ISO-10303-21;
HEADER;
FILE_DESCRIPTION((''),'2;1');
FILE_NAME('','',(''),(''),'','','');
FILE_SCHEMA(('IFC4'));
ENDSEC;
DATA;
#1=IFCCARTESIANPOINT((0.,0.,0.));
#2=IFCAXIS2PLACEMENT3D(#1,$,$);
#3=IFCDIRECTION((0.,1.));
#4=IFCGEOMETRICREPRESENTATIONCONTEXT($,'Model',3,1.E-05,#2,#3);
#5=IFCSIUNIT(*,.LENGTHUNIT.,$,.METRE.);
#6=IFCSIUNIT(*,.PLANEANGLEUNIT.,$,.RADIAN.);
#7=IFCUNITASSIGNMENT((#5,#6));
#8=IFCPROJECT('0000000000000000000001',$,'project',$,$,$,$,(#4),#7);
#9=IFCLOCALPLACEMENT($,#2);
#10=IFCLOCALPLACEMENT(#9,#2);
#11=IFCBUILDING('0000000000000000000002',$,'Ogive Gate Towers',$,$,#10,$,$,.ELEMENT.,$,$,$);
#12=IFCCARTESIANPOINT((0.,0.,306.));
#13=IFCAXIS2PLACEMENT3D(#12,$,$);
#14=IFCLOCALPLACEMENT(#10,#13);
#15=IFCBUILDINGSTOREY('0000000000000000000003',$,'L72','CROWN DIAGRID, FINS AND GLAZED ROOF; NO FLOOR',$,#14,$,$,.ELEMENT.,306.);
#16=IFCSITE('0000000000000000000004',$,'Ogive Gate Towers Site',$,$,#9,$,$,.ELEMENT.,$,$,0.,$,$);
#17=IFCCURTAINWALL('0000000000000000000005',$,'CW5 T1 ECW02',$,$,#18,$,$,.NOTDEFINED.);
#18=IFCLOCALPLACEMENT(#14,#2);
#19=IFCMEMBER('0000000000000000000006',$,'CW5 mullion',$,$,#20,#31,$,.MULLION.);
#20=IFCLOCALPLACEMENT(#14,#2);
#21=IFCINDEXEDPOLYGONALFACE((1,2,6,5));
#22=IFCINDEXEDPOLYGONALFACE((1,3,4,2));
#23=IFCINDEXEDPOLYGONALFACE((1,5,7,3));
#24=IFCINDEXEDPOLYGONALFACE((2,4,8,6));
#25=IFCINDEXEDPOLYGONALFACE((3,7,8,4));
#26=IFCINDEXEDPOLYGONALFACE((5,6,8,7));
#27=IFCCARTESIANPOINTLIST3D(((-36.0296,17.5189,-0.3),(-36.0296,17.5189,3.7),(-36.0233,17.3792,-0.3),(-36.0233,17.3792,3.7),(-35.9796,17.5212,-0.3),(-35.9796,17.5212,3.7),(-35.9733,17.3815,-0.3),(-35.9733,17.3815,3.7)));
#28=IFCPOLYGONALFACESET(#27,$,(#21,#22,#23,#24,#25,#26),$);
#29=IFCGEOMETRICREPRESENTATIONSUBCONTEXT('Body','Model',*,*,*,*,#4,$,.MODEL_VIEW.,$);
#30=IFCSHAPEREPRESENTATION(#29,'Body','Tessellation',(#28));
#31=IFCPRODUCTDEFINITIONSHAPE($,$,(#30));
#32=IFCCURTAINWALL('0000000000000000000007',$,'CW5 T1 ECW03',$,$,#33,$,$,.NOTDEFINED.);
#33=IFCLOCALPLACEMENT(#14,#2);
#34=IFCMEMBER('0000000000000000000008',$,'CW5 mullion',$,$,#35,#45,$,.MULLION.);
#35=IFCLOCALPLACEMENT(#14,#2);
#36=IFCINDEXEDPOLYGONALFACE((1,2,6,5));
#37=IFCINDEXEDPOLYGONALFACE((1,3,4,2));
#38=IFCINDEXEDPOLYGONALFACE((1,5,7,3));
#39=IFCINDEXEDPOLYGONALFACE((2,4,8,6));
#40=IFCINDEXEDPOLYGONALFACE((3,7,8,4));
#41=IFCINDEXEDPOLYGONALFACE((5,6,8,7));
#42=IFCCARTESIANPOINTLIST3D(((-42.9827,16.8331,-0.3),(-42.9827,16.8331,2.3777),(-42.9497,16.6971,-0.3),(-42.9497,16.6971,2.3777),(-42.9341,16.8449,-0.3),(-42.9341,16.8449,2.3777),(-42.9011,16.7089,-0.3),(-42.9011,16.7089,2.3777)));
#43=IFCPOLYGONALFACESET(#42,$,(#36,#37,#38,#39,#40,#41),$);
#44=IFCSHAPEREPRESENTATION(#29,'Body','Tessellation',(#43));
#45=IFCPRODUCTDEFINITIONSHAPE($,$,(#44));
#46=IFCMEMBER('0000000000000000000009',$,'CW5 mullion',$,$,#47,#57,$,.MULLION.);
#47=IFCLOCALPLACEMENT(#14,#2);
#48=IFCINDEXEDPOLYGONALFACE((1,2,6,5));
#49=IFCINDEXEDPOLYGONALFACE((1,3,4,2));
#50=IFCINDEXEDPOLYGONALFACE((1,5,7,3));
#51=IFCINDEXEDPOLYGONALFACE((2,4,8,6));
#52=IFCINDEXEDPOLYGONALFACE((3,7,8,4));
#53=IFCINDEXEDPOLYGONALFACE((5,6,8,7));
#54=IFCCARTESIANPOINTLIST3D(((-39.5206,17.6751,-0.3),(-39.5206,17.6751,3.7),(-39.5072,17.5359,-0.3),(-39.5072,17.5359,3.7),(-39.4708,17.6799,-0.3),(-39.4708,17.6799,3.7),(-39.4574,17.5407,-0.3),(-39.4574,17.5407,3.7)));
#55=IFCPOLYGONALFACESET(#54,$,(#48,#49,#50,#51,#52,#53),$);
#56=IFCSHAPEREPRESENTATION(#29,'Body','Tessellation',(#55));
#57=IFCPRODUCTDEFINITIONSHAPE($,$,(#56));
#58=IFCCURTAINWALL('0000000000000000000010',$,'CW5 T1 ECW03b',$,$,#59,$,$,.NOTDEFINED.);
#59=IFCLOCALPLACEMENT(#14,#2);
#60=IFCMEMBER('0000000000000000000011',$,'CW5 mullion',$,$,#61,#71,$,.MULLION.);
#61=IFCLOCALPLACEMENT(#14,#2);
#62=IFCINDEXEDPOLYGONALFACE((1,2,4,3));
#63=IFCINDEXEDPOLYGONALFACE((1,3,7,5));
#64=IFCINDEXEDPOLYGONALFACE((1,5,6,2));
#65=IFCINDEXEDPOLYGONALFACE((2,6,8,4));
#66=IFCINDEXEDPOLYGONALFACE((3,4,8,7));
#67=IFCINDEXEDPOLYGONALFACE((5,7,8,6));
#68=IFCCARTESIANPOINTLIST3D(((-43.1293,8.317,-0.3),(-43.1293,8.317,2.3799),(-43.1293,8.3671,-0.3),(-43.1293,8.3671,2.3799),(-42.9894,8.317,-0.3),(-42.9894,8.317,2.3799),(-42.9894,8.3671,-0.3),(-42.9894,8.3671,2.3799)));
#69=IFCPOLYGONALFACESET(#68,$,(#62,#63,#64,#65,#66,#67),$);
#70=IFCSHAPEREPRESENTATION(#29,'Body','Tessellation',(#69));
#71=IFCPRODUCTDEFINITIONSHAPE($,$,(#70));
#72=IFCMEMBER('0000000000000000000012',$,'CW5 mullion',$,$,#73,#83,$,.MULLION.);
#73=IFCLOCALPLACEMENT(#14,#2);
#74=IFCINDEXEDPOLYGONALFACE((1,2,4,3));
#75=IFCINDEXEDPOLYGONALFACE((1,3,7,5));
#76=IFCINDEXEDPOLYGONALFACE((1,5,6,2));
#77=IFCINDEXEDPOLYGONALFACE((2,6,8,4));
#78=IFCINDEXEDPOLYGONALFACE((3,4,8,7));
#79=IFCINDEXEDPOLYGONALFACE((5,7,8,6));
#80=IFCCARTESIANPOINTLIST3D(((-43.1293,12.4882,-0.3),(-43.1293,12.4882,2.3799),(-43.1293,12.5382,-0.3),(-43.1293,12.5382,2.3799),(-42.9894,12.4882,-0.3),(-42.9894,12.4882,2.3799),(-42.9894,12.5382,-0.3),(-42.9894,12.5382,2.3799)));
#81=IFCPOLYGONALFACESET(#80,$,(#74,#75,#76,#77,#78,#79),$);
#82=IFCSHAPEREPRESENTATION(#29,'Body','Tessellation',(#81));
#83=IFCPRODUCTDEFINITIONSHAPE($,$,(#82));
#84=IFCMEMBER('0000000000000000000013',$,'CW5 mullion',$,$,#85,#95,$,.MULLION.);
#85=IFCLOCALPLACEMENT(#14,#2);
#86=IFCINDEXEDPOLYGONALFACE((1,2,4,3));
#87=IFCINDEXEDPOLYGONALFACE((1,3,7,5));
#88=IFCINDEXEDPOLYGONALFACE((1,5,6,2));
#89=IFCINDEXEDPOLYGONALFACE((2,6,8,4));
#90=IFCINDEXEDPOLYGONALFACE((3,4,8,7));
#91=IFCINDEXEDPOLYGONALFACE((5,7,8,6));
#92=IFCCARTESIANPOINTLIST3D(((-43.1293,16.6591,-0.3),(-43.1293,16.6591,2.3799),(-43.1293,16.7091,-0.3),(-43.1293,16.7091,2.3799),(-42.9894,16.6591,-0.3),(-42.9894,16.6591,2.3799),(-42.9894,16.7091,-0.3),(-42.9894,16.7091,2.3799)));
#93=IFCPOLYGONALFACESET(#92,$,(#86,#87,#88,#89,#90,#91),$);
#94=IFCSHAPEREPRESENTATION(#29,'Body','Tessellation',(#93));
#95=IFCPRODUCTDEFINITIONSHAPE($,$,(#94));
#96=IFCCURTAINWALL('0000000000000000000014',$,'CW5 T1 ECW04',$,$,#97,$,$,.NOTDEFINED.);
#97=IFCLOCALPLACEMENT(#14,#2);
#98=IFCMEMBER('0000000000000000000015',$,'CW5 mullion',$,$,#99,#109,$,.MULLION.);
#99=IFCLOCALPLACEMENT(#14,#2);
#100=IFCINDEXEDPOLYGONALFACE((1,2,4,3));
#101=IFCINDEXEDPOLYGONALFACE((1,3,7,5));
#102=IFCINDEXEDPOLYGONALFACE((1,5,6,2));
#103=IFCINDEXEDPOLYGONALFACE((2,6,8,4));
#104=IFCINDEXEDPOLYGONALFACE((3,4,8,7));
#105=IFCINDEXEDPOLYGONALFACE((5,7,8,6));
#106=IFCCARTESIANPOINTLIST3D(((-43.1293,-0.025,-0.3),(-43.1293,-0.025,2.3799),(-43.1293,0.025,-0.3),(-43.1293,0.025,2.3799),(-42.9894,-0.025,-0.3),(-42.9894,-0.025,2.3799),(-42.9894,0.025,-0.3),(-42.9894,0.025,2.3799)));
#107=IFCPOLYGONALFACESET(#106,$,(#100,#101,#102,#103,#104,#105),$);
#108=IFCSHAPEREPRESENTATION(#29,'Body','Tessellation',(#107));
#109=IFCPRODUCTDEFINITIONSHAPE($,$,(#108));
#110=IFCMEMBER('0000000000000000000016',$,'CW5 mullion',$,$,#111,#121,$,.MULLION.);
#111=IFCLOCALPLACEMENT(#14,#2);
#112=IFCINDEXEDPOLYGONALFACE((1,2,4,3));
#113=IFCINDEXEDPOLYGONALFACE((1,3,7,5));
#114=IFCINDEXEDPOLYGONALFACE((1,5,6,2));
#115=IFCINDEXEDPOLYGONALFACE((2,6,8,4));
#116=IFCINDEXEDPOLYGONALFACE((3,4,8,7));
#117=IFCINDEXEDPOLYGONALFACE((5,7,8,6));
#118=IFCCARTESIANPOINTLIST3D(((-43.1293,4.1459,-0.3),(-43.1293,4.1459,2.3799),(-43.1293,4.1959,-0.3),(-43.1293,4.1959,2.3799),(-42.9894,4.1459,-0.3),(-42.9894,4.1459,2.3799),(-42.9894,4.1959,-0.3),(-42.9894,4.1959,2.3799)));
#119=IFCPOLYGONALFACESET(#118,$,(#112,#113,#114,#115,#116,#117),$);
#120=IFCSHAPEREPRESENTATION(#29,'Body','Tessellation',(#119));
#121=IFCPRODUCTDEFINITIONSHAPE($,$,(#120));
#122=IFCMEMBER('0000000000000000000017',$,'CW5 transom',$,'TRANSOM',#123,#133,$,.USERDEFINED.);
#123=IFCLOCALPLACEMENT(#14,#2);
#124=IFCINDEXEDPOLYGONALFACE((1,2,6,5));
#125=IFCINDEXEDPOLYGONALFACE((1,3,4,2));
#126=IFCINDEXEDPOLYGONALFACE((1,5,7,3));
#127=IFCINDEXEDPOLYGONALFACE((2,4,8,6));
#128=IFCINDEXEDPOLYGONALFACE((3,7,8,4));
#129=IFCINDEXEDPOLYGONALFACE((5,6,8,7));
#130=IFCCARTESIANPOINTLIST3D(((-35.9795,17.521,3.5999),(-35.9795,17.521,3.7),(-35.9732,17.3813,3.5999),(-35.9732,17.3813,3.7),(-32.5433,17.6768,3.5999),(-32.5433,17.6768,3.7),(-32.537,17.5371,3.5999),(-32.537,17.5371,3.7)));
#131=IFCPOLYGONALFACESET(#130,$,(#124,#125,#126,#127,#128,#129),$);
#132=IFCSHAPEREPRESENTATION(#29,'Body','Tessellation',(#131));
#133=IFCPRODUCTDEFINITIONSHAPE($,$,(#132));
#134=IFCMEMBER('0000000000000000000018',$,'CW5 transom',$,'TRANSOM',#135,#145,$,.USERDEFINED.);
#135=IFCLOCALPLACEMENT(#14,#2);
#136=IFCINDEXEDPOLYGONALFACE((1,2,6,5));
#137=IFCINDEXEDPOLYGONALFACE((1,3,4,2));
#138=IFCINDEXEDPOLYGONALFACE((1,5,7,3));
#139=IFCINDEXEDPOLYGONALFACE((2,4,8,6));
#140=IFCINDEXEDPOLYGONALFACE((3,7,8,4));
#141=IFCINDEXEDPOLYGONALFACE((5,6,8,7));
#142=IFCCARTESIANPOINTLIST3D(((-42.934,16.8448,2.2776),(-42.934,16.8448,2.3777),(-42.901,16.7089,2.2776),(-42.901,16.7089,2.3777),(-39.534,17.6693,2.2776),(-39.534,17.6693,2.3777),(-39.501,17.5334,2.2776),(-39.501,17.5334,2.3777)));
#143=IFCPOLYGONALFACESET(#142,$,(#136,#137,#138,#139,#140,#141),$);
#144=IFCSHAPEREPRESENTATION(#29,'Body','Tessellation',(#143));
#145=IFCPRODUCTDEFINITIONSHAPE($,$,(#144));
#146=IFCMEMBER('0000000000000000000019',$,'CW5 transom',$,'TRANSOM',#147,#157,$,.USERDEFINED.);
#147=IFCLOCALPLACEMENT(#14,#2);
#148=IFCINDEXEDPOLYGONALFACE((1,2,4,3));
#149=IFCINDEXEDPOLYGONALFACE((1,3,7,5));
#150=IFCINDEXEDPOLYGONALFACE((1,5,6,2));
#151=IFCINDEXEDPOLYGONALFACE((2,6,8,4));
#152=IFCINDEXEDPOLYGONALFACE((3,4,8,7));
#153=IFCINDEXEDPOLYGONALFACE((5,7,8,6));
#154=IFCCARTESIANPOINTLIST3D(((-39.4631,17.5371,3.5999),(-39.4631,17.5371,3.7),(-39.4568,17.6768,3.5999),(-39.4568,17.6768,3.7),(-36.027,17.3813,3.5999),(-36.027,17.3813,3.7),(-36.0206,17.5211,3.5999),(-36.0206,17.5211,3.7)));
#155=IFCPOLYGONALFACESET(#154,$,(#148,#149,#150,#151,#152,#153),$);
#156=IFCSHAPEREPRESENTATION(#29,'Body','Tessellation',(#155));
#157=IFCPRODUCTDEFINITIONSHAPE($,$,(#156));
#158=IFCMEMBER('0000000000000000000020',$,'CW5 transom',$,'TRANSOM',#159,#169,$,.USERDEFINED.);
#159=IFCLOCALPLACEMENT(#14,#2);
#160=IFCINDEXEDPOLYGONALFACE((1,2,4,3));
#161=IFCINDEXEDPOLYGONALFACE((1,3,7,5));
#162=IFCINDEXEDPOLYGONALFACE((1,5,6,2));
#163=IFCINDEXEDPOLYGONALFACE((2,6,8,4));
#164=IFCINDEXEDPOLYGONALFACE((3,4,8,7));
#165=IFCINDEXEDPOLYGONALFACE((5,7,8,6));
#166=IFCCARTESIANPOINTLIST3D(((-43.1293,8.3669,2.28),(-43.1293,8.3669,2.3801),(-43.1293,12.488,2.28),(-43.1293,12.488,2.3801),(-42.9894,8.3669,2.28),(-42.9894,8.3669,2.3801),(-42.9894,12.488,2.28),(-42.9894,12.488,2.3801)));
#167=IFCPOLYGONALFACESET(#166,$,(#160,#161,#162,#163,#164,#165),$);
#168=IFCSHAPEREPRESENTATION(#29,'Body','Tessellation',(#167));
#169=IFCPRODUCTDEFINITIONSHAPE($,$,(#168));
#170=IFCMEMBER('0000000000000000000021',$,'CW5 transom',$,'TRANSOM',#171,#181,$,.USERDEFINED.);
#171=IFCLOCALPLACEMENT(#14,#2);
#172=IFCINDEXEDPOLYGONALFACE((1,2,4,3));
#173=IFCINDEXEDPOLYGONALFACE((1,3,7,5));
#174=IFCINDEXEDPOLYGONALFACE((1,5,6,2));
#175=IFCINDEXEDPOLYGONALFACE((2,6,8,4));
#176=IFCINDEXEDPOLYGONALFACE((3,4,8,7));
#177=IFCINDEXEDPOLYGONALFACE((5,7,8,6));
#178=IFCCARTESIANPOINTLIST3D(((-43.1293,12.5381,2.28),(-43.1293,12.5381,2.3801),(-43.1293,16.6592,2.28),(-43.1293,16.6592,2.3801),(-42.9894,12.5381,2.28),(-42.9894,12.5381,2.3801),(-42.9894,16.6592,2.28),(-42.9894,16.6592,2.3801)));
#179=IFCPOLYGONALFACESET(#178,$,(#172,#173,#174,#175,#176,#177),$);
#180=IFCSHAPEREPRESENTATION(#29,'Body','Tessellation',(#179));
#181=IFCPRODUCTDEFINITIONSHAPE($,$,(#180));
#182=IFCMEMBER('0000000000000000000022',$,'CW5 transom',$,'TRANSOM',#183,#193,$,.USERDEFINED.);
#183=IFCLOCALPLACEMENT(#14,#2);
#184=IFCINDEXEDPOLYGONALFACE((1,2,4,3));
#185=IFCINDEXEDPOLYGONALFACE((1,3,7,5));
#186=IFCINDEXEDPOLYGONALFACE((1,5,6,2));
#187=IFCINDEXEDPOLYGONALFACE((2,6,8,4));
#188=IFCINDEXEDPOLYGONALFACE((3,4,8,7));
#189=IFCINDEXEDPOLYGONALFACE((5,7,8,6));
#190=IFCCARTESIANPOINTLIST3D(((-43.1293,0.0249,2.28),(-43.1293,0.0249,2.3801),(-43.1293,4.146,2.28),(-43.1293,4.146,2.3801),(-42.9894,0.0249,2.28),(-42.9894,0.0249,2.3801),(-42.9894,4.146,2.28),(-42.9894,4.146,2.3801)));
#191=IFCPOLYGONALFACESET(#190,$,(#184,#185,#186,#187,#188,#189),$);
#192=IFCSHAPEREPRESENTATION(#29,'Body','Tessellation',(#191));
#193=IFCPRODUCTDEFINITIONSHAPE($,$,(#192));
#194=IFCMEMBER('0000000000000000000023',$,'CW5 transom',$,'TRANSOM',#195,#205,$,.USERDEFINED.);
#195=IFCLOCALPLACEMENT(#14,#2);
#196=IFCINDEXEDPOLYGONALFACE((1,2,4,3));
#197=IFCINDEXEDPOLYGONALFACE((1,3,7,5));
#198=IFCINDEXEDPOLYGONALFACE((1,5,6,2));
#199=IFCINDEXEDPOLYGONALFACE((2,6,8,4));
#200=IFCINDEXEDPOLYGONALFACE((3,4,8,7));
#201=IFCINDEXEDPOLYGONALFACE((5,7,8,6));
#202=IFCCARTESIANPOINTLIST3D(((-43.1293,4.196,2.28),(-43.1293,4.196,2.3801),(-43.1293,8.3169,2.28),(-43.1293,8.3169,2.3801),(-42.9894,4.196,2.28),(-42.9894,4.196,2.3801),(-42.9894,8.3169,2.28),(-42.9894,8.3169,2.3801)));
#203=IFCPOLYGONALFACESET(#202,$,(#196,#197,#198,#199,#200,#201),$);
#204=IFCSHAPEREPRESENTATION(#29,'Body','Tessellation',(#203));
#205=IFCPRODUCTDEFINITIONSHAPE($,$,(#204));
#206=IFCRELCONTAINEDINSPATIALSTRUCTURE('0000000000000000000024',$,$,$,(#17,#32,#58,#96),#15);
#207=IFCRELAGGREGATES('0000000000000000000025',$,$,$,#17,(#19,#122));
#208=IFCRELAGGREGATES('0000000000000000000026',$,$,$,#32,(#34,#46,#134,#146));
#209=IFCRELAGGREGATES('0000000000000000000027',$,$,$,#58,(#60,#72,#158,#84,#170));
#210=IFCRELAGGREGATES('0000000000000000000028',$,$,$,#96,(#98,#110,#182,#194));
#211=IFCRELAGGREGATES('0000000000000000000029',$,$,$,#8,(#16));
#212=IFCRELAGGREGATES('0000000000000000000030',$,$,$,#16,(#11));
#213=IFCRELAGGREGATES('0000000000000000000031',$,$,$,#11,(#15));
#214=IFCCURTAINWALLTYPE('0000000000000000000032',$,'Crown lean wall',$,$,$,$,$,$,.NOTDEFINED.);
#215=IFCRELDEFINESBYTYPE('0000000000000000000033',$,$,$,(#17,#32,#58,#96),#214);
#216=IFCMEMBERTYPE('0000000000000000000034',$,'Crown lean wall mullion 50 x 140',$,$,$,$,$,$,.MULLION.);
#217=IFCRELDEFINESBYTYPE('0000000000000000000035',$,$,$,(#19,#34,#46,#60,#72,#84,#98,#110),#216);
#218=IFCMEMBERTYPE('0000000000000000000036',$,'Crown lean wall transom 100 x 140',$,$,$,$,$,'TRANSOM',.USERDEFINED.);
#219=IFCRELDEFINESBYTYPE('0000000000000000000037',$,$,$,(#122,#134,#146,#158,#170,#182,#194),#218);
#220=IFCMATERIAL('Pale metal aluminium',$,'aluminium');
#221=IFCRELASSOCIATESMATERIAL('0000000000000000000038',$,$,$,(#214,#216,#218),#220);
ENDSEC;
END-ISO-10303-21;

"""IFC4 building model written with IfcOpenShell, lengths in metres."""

from ifc_helpers import new_model, si_unit, direction, frame, origin, origin_2d, place, context, subcontext, project, spatial, rectangle, extrude, material, material_profile, profile_set, type_object, element, aggregate, save


model = new_model("IFC4")

# Units and contexts
model_context = context("Model", 3, precision=1e-05, world=origin(), true_north=direction((0.0, 1.0)))
body_context = subcontext(model_context, "Body", "Model", "MODEL_VIEW")
ifc_project = project(units=[si_unit("LENGTHUNIT", "METRE"), si_unit("PLANEANGLEUNIT", "RADIAN")], contexts=[model_context])

# Site, building, storey
site_placement = place(None, origin())
site = spatial("IfcSite", under=ifc_project, at=site_placement, Name="Ogive Gate Towers Site", CompositionType="ELEMENT", RefElevation=0.0)
building_placement = place(site_placement, origin())
building = spatial("IfcBuilding", under=site, at=building_placement, Name="Ogive Gate Towers", CompositionType="ELEMENT")
storey_placement = place(building_placement, frame((0.0, 0.0, 306.0)))
storey = spatial("IfcBuildingStorey", under=building, at=storey_placement, Name="L72", Description="CROWN DIAGRID, FINS AND GLAZED ROOF; NO FLOOR", CompositionType="ELEMENT", Elevation=306.0)

# Curtain wall, member
ifc_material_1 = material(Name="Pale metal aluminium", Category="aluminium")
curtain_wall_type = type_object("IfcCurtainWallType", Name="Crown lean wall", PredefinedType="NOTDEFINED", material=ifc_material_1)
curtain_wall_1_placement = place(storey_placement, origin())
curtain_wall_1 = element("IfcCurtainWall", 1, at=curtain_wall_1_placement, inside=storey, type_object=curtain_wall_type, Name="CW5 T1 ECW02", PredefinedType="NOTDEFINED")
ifc_material_profile_1 = material_profile(ifc_material_1, rectangle(XDim=0.1399, YDim=0.05, at=origin_2d()), Name="50 x 140 aluminium box")
ifc_profile_set_1 = profile_set([ifc_material_profile_1], Name="Pale metal aluminium")
member_type_1 = type_object("IfcMemberType", Name="Crown lean wall mullion 50 x 140", PredefinedType="MULLION", material=ifc_profile_set_1)
member_1_placement = place(storey_placement, frame((-36.0015, 17.4502, -0.3), z_axis=(0.0, 0.0, 1.0), x_axis=(0.045276, -0.998975, 0.0)))
member_1 = element("IfcMember", 2, at=member_1_placement, type_object=member_type_1, Name="CW5 mullion", PredefinedType="MULLION", context=body_context, shape_type="SweptSolid", body=[
    extrude(rectangle(XDim=0.1399, YDim=0.05, at=origin_2d()), origin(), (0.0, 0.0, 1.0), 4.0),
])

# Curtain walls, members
curtain_wall_2_placement = place(storey_placement, origin())
curtain_wall_2 = element("IfcCurtainWall", 3, at=curtain_wall_2_placement, inside=storey, type_object=curtain_wall_type, Name="CW5 T1 ECW03", PredefinedType="NOTDEFINED")
member_2_placement = place(storey_placement, frame((-42.9419, 16.771, -0.3), z_axis=(0.0, 0.0, 1.0), x_axis=(0.235685, -0.97183, 0.0)))
member_2 = element("IfcMember", 4, at=member_2_placement, type_object=member_type_1, Name="CW5 mullion", PredefinedType="MULLION", context=body_context, shape_type="SweptSolid", body=[
    extrude(rectangle(XDim=0.1399, YDim=0.05, at=origin_2d()), origin(), (0.0, 0.0, 1.0), 2.6777),
])
member_3_placement = place(storey_placement, frame((-39.489, 17.6079, -0.3), z_axis=(0.0, 0.0, 1.0), x_axis=(0.096158, -0.995366, 0.0)))
member_3 = element("IfcMember", 5, at=member_3_placement, type_object=member_type_1, Name="CW5 mullion", PredefinedType="MULLION", context=body_context, shape_type="SweptSolid", body=[
    extrude(rectangle(XDim=0.1399, YDim=0.05, at=origin_2d()), origin(), (0.0, 0.0, 1.0), 4.0),
])
curtain_wall_3_placement = place(storey_placement, origin())
curtain_wall_3 = element("IfcCurtainWall", 6, at=curtain_wall_3_placement, inside=storey, type_object=curtain_wall_type, Name="CW5 T1 ECW03b", PredefinedType="NOTDEFINED")
member_4_placement = place(storey_placement, frame((-43.0593, 8.342, -0.3), z_axis=(0.0, 0.0, 1.0), x_axis=(1.0, 0.0, 0.0)))
member_4 = element("IfcMember", 7, at=member_4_placement, type_object=member_type_1, Name="CW5 mullion", PredefinedType="MULLION", context=body_context, shape_type="SweptSolid", body=[
    extrude(rectangle(XDim=0.1399, YDim=0.05, at=origin_2d()), origin(), (0.0, 0.0, 1.0), 2.6799),
])
member_5_placement = place(storey_placement, frame((-43.0593, 12.5132, -0.3), z_axis=(0.0, 0.0, 1.0), x_axis=(1.0, 0.0, 0.0)))
member_5 = element("IfcMember", 8, at=member_5_placement, type_object=member_type_1, Name="CW5 mullion", PredefinedType="MULLION", context=body_context, shape_type="SweptSolid", body=[
    extrude(rectangle(XDim=0.1399, YDim=0.05, at=origin_2d()), origin(), (0.0, 0.0, 1.0), 2.6799),
])
member_6_placement = place(storey_placement, frame((-43.0593, 16.6841, -0.3), z_axis=(0.0, 0.0, 1.0), x_axis=(1.0, 0.0, 0.0)))
member_6 = element("IfcMember", 9, at=member_6_placement, type_object=member_type_1, Name="CW5 mullion", PredefinedType="MULLION", context=body_context, shape_type="SweptSolid", body=[
    extrude(rectangle(XDim=0.1399, YDim=0.05, at=origin_2d()), origin(), (0.0, 0.0, 1.0), 2.6799),
])
curtain_wall_4_placement = place(storey_placement, origin())
curtain_wall_4 = element("IfcCurtainWall", 10, at=curtain_wall_4_placement, inside=storey, type_object=curtain_wall_type, Name="CW5 T1 ECW04", PredefinedType="NOTDEFINED")
member_7_placement = place(storey_placement, frame((-43.0593, 0.0, -0.3), z_axis=(0.0, 0.0, 1.0), x_axis=(1.0, 0.0, 0.0)))
member_7 = element("IfcMember", 11, at=member_7_placement, type_object=member_type_1, Name="CW5 mullion", PredefinedType="MULLION", context=body_context, shape_type="SweptSolid", body=[
    extrude(rectangle(XDim=0.1399, YDim=0.05, at=origin_2d()), origin(), (0.0, 0.0, 1.0), 2.6799),
])
member_8_placement = place(storey_placement, frame((-43.0593, 4.1709, -0.3), z_axis=(0.0, 0.0, 1.0), x_axis=(1.0, 0.0, 0.0)))
member_8 = element("IfcMember", 12, at=member_8_placement, type_object=member_type_1, Name="CW5 mullion", PredefinedType="MULLION", context=body_context, shape_type="SweptSolid", body=[
    extrude(rectangle(XDim=0.1399, YDim=0.05, at=origin_2d()), origin(), (0.0, 0.0, 1.0), 2.6799),
])

# Members
ifc_material_profile_2 = material_profile(ifc_material_1, rectangle(XDim=0.1399, YDim=0.1001, at=origin_2d()), Name="100 x 140 aluminium box")
ifc_profile_set_2 = profile_set([ifc_material_profile_2], Name="Pale metal aluminium")
member_type_2 = type_object("IfcMemberType", Name="Crown lean wall transom 100 x 140", ElementType="TRANSOM", PredefinedType="USERDEFINED", material=ifc_profile_set_2)
member_9_placement = place(storey_placement, frame((-35.9763, 17.4512, 3.6499), z_axis=(0.998974, 0.045282, 0.0), x_axis=(-0.045282, 0.998974, 0.0)))
member_9 = element("IfcMember", 13, at=member_9_placement, type_object=member_type_2, Name="CW5 transom", ObjectType="TRANSOM", PredefinedType="USERDEFINED", context=body_context, shape_type="SweptSolid", body=[
    extrude(rectangle(XDim=0.1399, YDim=0.1001, at=origin_2d()), origin(), (0.0, 0.0, 1.0), 3.4397),
])
member_10_placement = place(storey_placement, frame((-42.9175, 16.7769, 2.3276), z_axis=(0.971834, 0.235666, 0.0), x_axis=(-0.235666, 0.971834, 0.0)))
member_10 = element("IfcMember", 14, at=member_10_placement, type_object=member_type_2, Name="CW5 transom", ObjectType="TRANSOM", PredefinedType="USERDEFINED", context=body_context, shape_type="SweptSolid", body=[
    extrude(rectangle(XDim=0.1399, YDim=0.1001, at=origin_2d()), origin(), (0.0, 0.0, 1.0), 3.4985),
])
member_11_placement = place(storey_placement, frame((-39.46, 17.6069, 3.6499), z_axis=(0.998974, -0.045282, 0.0), x_axis=(0.045282, 0.998974, 0.0)))
member_11 = element("IfcMember", 15, at=member_11_placement, type_object=member_type_2, Name="CW5 transom", ObjectType="TRANSOM", PredefinedType="USERDEFINED", context=body_context, shape_type="SweptSolid", body=[
    extrude(rectangle(XDim=0.1399, YDim=0.1001, at=origin_2d()), origin(), (0.0, 0.0, 1.0), 3.4397),
])
member_12_placement = place(storey_placement, frame((-43.0593, 8.3669, 2.3301), z_axis=(0.0, 1.0, 0.0), x_axis=(-1.0, 0.0, 0.0)))
member_12 = element("IfcMember", 16, at=member_12_placement, type_object=member_type_2, Name="CW5 transom", ObjectType="TRANSOM", PredefinedType="USERDEFINED", context=body_context, shape_type="SweptSolid", body=[
    extrude(rectangle(XDim=0.1399, YDim=0.1001, at=origin_2d()), origin(), (0.0, 0.0, 1.0), 4.1211),
])
member_13_placement = place(storey_placement, frame((-43.0593, 12.5381, 2.3301), z_axis=(0.0, 1.0, 0.0), x_axis=(-1.0, 0.0, 0.0)))
member_13 = element("IfcMember", 17, at=member_13_placement, type_object=member_type_2, Name="CW5 transom", ObjectType="TRANSOM", PredefinedType="USERDEFINED", context=body_context, shape_type="SweptSolid", body=[
    extrude(rectangle(XDim=0.1399, YDim=0.1001, at=origin_2d()), origin(), (0.0, 0.0, 1.0), 4.1211),
])
member_14_placement = place(storey_placement, frame((-43.0593, 0.0249, 2.3301), z_axis=(0.0, 1.0, 0.0), x_axis=(-1.0, 0.0, 0.0)))
member_14 = element("IfcMember", 18, at=member_14_placement, type_object=member_type_2, Name="CW5 transom", ObjectType="TRANSOM", PredefinedType="USERDEFINED", context=body_context, shape_type="SweptSolid", body=[
    extrude(rectangle(XDim=0.1399, YDim=0.1001, at=origin_2d()), origin(), (0.0, 0.0, 1.0), 4.1211),
])
member_15_placement = place(storey_placement, frame((-43.0593, 4.196, 2.3301), z_axis=(0.0, 1.0, 0.0), x_axis=(-1.0, 0.0, 0.0)))
member_15 = element("IfcMember", 19, at=member_15_placement, type_object=member_type_2, Name="CW5 transom", ObjectType="TRANSOM", PredefinedType="USERDEFINED", context=body_context, shape_type="SweptSolid", body=[
    extrude(rectangle(XDim=0.1399, YDim=0.1001, at=origin_2d()), origin(), (0.0, 0.0, 1.0), 4.1208),
])

aggregate(curtain_wall_1, [member_1, member_9])
aggregate(curtain_wall_2, [member_2, member_3, member_10, member_11])
aggregate(curtain_wall_3, [member_4, member_5, member_12, member_6, member_13])
aggregate(curtain_wall_4, [member_7, member_8, member_14, member_15])

save(model, "model.ifc")
